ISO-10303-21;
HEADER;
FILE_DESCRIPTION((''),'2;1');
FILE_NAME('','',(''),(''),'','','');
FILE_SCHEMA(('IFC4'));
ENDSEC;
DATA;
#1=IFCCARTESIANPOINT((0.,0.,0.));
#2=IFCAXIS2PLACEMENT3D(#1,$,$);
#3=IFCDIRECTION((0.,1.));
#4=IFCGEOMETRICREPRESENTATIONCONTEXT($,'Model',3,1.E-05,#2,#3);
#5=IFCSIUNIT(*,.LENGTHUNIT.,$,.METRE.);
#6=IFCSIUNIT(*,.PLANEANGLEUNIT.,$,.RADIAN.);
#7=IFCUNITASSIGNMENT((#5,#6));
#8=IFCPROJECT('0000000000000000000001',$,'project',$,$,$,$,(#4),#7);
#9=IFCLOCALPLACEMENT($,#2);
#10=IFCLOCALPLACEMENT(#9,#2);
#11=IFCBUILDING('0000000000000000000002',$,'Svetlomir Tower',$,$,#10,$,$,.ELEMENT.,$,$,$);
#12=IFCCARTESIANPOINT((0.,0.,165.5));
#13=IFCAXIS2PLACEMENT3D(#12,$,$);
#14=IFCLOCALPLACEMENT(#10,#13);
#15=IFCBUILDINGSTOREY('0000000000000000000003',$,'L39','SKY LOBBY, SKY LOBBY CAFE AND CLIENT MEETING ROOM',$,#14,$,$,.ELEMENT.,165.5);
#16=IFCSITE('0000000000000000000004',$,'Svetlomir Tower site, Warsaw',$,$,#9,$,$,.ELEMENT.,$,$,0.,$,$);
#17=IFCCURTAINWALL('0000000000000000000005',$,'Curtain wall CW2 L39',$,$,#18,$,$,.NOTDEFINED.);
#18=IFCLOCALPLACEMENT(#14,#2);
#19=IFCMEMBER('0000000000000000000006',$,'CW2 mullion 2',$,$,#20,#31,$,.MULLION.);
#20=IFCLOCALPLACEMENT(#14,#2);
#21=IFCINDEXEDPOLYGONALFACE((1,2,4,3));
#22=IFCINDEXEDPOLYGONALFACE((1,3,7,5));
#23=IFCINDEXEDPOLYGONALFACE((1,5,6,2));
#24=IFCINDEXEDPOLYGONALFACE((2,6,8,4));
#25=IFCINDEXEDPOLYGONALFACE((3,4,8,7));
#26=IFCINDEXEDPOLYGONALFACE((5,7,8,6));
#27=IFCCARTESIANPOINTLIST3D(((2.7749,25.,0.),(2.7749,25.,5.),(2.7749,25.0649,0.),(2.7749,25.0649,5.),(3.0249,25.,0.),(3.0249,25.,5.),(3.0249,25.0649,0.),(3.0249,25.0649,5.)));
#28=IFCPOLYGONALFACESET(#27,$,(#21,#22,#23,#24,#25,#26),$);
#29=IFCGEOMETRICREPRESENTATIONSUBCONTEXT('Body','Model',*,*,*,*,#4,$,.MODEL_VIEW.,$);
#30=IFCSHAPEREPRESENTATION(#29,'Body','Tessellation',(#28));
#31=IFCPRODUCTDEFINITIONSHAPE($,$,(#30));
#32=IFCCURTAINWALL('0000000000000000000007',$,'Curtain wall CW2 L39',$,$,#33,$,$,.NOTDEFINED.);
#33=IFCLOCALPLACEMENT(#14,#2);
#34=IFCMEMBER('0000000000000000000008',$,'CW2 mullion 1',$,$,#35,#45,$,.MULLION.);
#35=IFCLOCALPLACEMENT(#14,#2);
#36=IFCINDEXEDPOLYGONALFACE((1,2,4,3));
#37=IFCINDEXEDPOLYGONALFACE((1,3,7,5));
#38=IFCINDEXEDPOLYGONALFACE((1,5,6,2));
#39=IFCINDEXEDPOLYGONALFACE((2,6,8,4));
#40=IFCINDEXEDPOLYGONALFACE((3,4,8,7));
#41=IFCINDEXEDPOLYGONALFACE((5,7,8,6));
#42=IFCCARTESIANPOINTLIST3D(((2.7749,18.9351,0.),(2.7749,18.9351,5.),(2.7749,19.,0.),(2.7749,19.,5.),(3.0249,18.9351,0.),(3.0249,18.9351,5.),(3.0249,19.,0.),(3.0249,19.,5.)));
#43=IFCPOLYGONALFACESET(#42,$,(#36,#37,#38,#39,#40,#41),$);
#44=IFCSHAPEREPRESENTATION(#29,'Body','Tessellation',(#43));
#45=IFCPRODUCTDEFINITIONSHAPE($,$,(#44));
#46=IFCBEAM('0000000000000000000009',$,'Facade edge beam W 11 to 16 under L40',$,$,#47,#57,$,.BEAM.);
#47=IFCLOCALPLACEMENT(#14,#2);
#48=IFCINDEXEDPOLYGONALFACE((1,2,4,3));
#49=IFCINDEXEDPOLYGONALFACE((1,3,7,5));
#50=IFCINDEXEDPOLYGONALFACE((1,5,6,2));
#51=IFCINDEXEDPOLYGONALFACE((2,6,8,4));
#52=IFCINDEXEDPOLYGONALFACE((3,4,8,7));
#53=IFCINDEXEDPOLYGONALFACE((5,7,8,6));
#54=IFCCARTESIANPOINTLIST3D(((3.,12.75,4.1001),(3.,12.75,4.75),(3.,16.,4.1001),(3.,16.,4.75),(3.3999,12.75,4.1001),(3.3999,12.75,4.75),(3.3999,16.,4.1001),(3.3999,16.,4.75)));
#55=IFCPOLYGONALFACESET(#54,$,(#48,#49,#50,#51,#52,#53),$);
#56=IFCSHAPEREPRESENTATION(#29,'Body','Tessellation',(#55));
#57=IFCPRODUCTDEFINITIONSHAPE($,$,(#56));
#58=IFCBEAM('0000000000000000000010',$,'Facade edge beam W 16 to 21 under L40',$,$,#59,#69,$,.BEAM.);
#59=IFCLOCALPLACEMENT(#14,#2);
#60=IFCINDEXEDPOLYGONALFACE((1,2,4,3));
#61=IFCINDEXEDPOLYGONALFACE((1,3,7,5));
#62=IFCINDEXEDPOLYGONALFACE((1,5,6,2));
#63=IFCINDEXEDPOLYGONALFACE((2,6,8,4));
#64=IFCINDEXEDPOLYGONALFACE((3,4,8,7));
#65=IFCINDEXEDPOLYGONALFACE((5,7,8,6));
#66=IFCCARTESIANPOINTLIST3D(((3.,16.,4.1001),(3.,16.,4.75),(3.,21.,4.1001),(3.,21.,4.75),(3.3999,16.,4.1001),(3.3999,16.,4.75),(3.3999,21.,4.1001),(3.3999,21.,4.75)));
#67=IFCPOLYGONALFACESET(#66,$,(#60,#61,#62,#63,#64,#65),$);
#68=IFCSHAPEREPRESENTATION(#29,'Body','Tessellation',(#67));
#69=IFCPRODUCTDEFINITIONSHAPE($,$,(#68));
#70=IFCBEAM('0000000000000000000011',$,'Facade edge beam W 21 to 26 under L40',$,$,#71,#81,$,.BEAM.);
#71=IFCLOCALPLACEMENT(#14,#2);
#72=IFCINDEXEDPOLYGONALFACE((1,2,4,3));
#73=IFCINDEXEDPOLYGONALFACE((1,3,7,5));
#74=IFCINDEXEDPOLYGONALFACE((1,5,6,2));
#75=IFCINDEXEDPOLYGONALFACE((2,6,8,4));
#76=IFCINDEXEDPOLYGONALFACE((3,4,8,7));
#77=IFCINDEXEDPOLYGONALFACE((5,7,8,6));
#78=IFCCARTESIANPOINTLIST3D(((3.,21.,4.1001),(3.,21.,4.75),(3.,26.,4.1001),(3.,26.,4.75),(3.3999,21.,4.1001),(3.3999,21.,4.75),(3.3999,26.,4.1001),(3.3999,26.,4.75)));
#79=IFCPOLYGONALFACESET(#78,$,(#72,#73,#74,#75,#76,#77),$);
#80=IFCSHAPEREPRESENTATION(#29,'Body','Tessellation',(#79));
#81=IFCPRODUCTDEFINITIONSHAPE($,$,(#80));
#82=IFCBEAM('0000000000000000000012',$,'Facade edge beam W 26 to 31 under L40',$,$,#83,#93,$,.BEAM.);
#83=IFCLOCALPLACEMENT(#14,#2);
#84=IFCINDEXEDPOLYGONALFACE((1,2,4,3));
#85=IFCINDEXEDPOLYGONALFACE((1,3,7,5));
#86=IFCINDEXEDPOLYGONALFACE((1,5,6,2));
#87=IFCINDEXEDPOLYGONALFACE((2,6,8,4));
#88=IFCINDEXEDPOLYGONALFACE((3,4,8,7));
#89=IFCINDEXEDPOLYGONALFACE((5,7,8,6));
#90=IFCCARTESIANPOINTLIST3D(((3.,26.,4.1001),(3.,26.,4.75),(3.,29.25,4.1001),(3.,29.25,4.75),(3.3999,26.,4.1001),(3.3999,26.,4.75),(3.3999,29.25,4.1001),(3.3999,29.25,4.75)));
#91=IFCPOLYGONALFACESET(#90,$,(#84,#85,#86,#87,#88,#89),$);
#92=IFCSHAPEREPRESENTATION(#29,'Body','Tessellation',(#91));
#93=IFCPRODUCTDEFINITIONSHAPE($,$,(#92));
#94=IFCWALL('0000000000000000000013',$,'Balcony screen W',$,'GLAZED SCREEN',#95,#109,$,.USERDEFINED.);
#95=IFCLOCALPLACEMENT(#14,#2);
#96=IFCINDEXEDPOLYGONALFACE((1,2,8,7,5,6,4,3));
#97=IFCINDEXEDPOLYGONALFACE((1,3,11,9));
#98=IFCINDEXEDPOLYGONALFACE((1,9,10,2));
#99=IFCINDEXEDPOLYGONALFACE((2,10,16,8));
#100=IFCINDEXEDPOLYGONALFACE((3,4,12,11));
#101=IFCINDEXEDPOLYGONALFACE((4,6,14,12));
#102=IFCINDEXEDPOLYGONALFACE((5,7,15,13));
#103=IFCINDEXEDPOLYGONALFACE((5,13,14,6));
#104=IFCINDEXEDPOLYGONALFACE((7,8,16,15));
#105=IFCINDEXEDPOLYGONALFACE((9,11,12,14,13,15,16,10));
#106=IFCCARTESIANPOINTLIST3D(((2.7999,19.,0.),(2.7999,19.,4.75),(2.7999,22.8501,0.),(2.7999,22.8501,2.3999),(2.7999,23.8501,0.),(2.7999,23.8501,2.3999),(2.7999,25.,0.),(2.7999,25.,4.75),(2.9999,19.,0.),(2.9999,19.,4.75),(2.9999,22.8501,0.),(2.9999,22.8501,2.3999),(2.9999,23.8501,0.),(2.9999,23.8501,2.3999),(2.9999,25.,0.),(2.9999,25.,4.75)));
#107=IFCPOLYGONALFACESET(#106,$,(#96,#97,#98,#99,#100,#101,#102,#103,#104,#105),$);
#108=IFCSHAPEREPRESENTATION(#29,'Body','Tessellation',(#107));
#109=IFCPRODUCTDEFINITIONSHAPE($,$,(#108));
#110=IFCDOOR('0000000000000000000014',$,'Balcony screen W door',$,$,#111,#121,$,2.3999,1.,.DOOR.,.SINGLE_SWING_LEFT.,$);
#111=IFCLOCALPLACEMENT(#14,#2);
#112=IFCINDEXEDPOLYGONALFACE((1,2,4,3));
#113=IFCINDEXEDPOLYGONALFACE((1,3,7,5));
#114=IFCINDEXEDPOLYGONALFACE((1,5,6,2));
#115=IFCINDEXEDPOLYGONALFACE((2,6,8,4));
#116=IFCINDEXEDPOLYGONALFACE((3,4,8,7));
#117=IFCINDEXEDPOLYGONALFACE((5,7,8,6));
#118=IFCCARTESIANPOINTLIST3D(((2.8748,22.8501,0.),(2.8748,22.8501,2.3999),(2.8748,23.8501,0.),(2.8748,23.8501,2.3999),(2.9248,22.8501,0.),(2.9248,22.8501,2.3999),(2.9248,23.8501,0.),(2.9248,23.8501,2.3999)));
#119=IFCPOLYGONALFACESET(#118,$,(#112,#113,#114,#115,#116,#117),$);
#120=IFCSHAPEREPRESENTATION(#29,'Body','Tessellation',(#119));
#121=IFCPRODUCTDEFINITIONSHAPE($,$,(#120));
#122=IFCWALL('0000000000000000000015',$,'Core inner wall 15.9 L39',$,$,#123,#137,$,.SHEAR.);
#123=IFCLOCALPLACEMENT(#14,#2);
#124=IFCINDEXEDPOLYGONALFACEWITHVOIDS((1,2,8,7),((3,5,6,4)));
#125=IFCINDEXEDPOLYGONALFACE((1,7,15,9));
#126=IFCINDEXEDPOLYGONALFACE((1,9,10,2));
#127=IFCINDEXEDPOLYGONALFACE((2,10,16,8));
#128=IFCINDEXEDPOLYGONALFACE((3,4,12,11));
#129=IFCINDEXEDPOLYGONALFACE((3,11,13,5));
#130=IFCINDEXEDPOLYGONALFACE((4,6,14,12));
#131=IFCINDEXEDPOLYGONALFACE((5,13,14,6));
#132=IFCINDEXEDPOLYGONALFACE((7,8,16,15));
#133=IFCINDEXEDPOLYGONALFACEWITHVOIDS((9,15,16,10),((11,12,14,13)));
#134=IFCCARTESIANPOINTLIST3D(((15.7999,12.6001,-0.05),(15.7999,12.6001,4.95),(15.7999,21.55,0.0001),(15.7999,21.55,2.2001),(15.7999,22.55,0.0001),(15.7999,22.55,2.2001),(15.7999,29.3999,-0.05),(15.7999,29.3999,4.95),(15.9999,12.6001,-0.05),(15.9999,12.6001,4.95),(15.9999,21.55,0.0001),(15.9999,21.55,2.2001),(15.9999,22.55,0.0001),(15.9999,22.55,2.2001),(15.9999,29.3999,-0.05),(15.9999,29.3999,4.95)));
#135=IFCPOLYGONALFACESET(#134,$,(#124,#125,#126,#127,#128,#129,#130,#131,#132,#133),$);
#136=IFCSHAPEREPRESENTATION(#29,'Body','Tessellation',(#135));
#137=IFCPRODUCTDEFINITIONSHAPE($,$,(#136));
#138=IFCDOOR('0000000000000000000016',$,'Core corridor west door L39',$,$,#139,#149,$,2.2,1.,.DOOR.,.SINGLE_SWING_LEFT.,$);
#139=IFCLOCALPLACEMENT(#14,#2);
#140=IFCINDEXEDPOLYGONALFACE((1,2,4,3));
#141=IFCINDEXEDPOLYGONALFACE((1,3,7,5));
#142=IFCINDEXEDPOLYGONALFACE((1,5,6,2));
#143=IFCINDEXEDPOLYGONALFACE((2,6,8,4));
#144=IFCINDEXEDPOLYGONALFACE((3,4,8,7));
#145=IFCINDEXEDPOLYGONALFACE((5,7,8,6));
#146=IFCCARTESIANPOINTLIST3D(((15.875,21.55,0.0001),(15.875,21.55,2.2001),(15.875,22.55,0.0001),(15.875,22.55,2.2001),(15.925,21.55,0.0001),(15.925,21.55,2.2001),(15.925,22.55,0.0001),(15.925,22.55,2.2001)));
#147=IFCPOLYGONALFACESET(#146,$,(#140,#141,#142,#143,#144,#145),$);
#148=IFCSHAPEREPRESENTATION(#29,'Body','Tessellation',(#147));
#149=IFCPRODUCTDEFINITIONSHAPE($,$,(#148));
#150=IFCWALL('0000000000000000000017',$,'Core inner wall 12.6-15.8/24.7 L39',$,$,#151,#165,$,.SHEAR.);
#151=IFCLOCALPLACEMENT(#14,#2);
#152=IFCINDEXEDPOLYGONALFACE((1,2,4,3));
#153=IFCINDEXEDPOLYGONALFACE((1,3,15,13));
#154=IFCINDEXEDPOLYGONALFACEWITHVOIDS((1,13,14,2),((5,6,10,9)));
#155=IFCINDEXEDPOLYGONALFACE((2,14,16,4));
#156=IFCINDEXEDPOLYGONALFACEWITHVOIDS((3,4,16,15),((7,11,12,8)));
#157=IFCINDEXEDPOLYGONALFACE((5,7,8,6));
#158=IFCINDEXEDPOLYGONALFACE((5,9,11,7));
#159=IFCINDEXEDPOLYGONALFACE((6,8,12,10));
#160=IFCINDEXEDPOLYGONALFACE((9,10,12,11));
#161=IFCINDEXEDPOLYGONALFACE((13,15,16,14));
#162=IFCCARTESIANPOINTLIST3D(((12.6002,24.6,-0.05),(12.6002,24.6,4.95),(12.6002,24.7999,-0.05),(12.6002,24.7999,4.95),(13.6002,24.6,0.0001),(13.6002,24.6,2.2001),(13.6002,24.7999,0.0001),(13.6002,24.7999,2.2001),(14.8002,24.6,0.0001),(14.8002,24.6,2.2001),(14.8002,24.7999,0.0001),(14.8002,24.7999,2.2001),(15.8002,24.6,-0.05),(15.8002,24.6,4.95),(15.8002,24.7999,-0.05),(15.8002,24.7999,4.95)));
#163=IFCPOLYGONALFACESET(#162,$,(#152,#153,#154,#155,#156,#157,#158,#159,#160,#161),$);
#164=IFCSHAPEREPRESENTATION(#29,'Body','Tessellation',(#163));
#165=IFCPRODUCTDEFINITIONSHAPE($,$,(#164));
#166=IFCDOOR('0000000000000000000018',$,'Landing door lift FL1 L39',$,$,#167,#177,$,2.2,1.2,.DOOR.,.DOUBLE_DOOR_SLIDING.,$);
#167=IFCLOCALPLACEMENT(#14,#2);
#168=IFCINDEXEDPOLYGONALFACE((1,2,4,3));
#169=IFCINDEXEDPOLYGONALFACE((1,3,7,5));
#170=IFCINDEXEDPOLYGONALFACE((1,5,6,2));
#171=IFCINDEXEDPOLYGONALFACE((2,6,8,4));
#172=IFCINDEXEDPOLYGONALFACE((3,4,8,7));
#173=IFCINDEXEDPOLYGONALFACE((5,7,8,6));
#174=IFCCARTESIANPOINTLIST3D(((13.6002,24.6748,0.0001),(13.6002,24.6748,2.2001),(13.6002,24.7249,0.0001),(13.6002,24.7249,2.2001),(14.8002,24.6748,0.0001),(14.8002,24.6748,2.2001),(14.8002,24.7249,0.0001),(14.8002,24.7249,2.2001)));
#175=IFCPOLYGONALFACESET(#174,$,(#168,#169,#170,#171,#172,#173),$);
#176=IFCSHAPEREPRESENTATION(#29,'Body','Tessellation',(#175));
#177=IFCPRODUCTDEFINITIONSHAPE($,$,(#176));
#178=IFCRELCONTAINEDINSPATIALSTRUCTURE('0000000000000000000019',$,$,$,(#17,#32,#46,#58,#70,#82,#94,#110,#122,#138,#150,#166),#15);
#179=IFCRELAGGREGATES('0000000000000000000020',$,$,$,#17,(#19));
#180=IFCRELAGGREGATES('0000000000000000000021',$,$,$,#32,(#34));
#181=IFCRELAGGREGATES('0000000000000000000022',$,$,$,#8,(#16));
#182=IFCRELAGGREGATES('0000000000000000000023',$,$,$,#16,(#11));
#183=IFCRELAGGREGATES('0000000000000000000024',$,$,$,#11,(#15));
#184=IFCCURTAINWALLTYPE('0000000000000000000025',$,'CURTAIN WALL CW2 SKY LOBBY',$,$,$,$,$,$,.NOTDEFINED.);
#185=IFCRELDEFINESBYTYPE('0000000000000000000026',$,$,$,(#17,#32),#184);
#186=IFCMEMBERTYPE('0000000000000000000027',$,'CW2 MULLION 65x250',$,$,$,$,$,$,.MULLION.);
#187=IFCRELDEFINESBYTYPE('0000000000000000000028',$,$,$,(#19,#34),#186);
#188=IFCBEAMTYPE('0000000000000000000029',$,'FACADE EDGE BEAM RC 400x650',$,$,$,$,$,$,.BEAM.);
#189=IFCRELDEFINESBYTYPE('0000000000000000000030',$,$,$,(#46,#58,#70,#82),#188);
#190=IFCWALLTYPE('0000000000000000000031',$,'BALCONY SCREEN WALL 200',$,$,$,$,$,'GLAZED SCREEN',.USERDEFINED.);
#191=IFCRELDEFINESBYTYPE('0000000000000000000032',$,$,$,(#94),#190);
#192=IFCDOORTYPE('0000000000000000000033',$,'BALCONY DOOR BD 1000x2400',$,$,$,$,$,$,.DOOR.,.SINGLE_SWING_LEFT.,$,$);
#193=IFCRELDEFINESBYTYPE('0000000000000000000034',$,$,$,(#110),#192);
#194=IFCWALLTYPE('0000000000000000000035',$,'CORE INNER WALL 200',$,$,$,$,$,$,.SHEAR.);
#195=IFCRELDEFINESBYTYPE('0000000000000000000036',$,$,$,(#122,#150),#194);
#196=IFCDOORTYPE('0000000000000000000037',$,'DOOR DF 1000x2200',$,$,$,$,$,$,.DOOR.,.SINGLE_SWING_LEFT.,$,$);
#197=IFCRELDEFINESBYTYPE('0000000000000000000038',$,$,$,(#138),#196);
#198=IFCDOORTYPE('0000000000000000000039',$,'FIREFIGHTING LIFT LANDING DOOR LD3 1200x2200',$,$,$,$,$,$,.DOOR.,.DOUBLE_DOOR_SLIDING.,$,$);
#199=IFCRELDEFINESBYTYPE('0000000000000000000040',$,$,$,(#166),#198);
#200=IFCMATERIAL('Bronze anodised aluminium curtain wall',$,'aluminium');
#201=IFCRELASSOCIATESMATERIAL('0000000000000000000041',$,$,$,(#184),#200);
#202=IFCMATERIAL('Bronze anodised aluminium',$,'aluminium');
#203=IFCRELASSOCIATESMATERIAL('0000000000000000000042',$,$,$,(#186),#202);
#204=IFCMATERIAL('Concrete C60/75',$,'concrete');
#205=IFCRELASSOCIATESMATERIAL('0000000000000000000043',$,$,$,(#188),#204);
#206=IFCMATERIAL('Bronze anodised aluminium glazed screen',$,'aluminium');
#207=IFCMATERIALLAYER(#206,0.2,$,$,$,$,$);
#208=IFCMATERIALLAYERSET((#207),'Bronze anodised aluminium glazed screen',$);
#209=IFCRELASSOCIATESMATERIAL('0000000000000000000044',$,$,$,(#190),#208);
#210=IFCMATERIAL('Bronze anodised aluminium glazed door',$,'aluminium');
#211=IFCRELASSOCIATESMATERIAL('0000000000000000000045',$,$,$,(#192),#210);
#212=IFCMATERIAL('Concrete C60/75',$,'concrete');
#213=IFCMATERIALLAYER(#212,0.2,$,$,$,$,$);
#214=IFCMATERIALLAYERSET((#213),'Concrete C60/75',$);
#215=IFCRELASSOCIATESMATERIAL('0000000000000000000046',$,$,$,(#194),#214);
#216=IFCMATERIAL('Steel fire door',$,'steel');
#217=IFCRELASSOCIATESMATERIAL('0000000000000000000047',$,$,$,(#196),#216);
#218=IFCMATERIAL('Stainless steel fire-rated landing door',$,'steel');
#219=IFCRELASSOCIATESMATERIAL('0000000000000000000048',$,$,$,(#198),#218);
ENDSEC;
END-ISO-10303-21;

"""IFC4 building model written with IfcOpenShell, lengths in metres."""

from ifc_helpers import new_model, si_unit, direction, frame, frame_2d, origin, origin_2d, place, context, subcontext, project, spatial, rectangle, extrude, material, layer, layer_set, material_profile, profile_set, type_object, element, fill, aggregate, save


model = new_model("IFC4")

# Units and contexts
model_context = context("Model", 3, precision=1e-05, world=origin(), true_north=direction((0.0, 1.0)))
body_context = subcontext(model_context, "Body", "Model", "MODEL_VIEW")
ifc_project = project(units=[si_unit("LENGTHUNIT", "METRE"), si_unit("PLANEANGLEUNIT", "RADIAN")], contexts=[model_context])

# Site, building, storey
site_placement = place(None, origin())
site = spatial("IfcSite", under=ifc_project, at=site_placement, Name="Svetlomir Tower site, Warsaw", CompositionType="ELEMENT", RefElevation=0.0)
building_placement = place(site_placement, origin())
building = spatial("IfcBuilding", under=site, at=building_placement, Name="Svetlomir Tower", CompositionType="ELEMENT")
storey_placement = place(building_placement, frame((0.0, 0.0, 165.5)))
storey = spatial("IfcBuildingStorey", under=building, at=storey_placement, Name="L39", Description="SKY LOBBY, SKY LOBBY CAFE AND CLIENT MEETING ROOM", CompositionType="ELEMENT", Elevation=165.5)

# Curtain walls, members
ifc_material_1 = material(Name="Bronze anodised aluminium curtain wall", Category="aluminium")
curtain_wall_type = type_object("IfcCurtainWallType", Name="CURTAIN WALL CW2 SKY LOBBY", PredefinedType="NOTDEFINED", material=ifc_material_1)
curtain_wall_1_placement = place(storey_placement, origin())
curtain_wall_1 = element("IfcCurtainWall", 1, at=curtain_wall_1_placement, inside=storey, type_object=curtain_wall_type, Name="Curtain wall CW2 L39", PredefinedType="NOTDEFINED")
ifc_material_2 = material(Name="Bronze anodised aluminium", Category="aluminium")
ifc_material_profile_1 = material_profile(ifc_material_2, rectangle(XDim=0.0649, YDim=0.25, at=origin_2d()), Name="AL 65x250")
ifc_profile_set_1 = profile_set([ifc_material_profile_1], Name="Bronze anodised aluminium 6063-T6")
member_type = type_object("IfcMemberType", Name="CW2 MULLION 65x250", PredefinedType="MULLION", material=ifc_profile_set_1)
member_1_placement = place(storey_placement, frame((2.8999, 25.0325, 0.0), z_axis=(0.0, 0.0, 1.0), x_axis=(0.0, -1.0, 0.0)))
member_1 = element("IfcMember", 2, at=member_1_placement, type_object=member_type, Name="CW2 mullion 2", PredefinedType="MULLION", context=body_context, shape_type="SweptSolid", body=[
    extrude(rectangle(XDim=0.0649, YDim=0.25, at=origin_2d()), origin(), (0.0, 0.0, 1.0), 5.0),
])
aggregate(curtain_wall_1, [member_1])
curtain_wall_2_placement = place(storey_placement, origin())
curtain_wall_2 = element("IfcCurtainWall", 3, at=curtain_wall_2_placement, inside=storey, type_object=curtain_wall_type, Name="Curtain wall CW2 L39", PredefinedType="NOTDEFINED")
member_2_placement = place(storey_placement, frame((2.8999, 18.9675, 0.0), z_axis=(0.0, 0.0, 1.0), x_axis=(0.0, -1.0, 0.0)))
member_2 = element("IfcMember", 4, at=member_2_placement, type_object=member_type, Name="CW2 mullion 1", PredefinedType="MULLION", context=body_context, shape_type="SweptSolid", body=[
    extrude(rectangle(XDim=0.0649, YDim=0.25, at=origin_2d()), origin(), (0.0, 0.0, 1.0), 5.0),
])
aggregate(curtain_wall_2, [member_2])

# Beams
ifc_material_3 = material(Name="Concrete C60/75", Category="concrete")
ifc_material_profile_2 = material_profile(ifc_material_3, rectangle(XDim=0.3999, YDim=0.6499, at=origin_2d()), Name="RC 400x650")
ifc_profile_set_2 = profile_set([ifc_material_profile_2], Name="Concrete C60/75")
beam_type = type_object("IfcBeamType", Name="FACADE EDGE BEAM RC 400x650", PredefinedType="BEAM", material=ifc_profile_set_2)
beam_1_placement = place(storey_placement, frame((3.2, 12.75, 4.425), z_axis=(0.0, 1.0, 0.0), x_axis=(-1.0, 0.0, 0.0)))
element("IfcBeam", 5, at=beam_1_placement, inside=storey, type_object=beam_type, Name="Facade edge beam W 11 to 16 under L40", PredefinedType="BEAM", context=body_context, shape_type="SweptSolid", body=[
    extrude(rectangle(XDim=0.3999, YDim=0.6499, at=origin_2d()), origin(), (0.0, 0.0, 1.0), 3.25),
])
for number, where, z_axis, x_axis, name in (
    (6, (3.2, 16.0, 4.425), (0.0, 1.0, 0.0), (-1.0, 0.0, 0.0), "Facade edge beam W 16 to 21 under L40"),
    (7, (3.2, 21.0, 4.425), (0.0, 1.0, 0.0), (-1.0, 0.0, 0.0), "Facade edge beam W 21 to 26 under L40"),
):
    element("IfcBeam", number, at=place(storey_placement, frame(where, z_axis=z_axis, x_axis=x_axis)), inside=storey, type_object=beam_type, Name=name, PredefinedType="BEAM", context=body_context, shape_type="SweptSolid", body=[
        extrude(rectangle(XDim=0.3999, YDim=0.6499, at=origin_2d()), origin(), (0.0, 0.0, 1.0), 5.0),
    ])
beam_2_placement = place(storey_placement, frame((3.2, 26.0, 4.425), z_axis=(0.0, 1.0, 0.0), x_axis=(-1.0, 0.0, 0.0)))
element("IfcBeam", 8, at=beam_2_placement, inside=storey, type_object=beam_type, Name="Facade edge beam W 26 to 31 under L40", PredefinedType="BEAM", context=body_context, shape_type="SweptSolid", body=[
    extrude(rectangle(XDim=0.3999, YDim=0.6499, at=origin_2d()), origin(), (0.0, 0.0, 1.0), 3.25),
])

# Walls, openings, doors
ifc_material_4 = material(Name="Bronze anodised aluminium glazed screen", Category="aluminium")
ifc_layer_1 = layer(ifc_material_4, 0.2)
ifc_layer_set_1 = layer_set([ifc_layer_1], Name="Bronze anodised aluminium glazed screen")
wall_type_1 = type_object("IfcWallType", Name="BALCONY SCREEN WALL 200", ElementType="GLAZED SCREEN", PredefinedType="USERDEFINED", material=ifc_layer_set_1)
wall_1_placement = place(storey_placement, frame((2.8999, 25.0, 0.0), z_axis=(0.0, 0.0, 1.0), x_axis=(0.0, -1.0, 0.0)))
wall_1 = element("IfcWall", 9, at=wall_1_placement, inside=storey, type_object=wall_type_1, Name="Balcony screen W", ObjectType="GLAZED SCREEN", PredefinedType="USERDEFINED", context=body_context, shape_type="SweptSolid", body=[
    extrude(rectangle(XDim=6.0, YDim=0.2, at=frame_2d((3.0, 0.0))), origin(), (0.0, 0.0, 1.0), 4.75),
])
opening_1_placement = place(wall_1_placement, frame((1.1499, 0.0, 0.0)))
opening_1 = element("IfcOpeningElement", 10, at=opening_1_placement, cuts=wall_1, PredefinedType="OPENING", context=body_context, shape_type="SweptSolid", body=[
    extrude(rectangle(XDim=1.0, YDim=2.3999, at=frame_2d((0.5, 1.2))), frame((0.0, 0.1099, 0.0), z_axis=(0.0, -1.0, 0.0), x_axis=(1.0, 0.0, 0.0)), (0.0, 0.0, 1.0), 0.22),
])
ifc_material_5 = material(Name="Bronze anodised aluminium glazed door", Category="aluminium")
door_type_1 = type_object("IfcDoorType", Name="BALCONY DOOR BD 1000x2400", OperationType="SINGLE_SWING_LEFT", PredefinedType="DOOR", material=ifc_material_5)
door_1_placement = place(opening_1_placement, origin())
door_1 = element("IfcDoor", 11, at=door_1_placement, inside=storey, type_object=door_type_1, Name="Balcony screen W door", OperationType="SINGLE_SWING_LEFT", OverallHeight=2.3999, OverallWidth=1.0, PredefinedType="DOOR", context=body_context, shape_type="SweptSolid", body=[
    extrude(rectangle(XDim=1.0, YDim=2.3999, at=frame_2d((0.5, 1.2))), frame((0.0, 0.0249, 0.0), z_axis=(0.0, -1.0, 0.0), x_axis=(1.0, 0.0, 0.0)), (0.0, 0.0, 1.0), 0.05),
])
fill(opening_1, door_1)
ifc_material_6 = material(Name="Concrete C60/75", Category="concrete")
ifc_layer_2 = layer(ifc_material_6, 0.2)
ifc_layer_set_2 = layer_set([ifc_layer_2], Name="Concrete C60/75")
wall_type_2 = type_object("IfcWallType", Name="CORE INNER WALL 200", PredefinedType="SHEAR", material=ifc_layer_set_2)
wall_2_placement = place(storey_placement, frame((15.8999, 12.6001, -0.05), z_axis=(0.0, 0.0, 1.0), x_axis=(0.0, 1.0, 0.0)))
wall_2 = element("IfcWall", 12, at=wall_2_placement, inside=storey, type_object=wall_type_2, Name="Core inner wall 15.9 L39", PredefinedType="SHEAR", context=body_context, shape_type="SweptSolid", body=[
    extrude(rectangle(XDim=16.7998, YDim=0.2, at=frame_2d((8.3999, 0.0))), origin(), (0.0, 0.0, 1.0), 5.0),
])
opening_2_placement = place(wall_2_placement, frame((8.95, 0.0, 0.05)))
opening_2 = element("IfcOpeningElement", 13, at=opening_2_placement, cuts=wall_2, PredefinedType="OPENING", context=body_context, shape_type="SweptSolid", body=[
    extrude(rectangle(XDim=1.0, YDim=2.2, at=frame_2d((0.5, 1.1001))), frame((0.0, 0.1099, 0.0), z_axis=(0.0, -1.0, 0.0), x_axis=(1.0, 0.0, 0.0)), (0.0, 0.0, 1.0), 0.22),
])
ifc_material_7 = material(Name="Steel fire door", Category="steel")
door_type_2 = type_object("IfcDoorType", Name="DOOR DF 1000x2200", OperationType="SINGLE_SWING_LEFT", PredefinedType="DOOR", material=ifc_material_7)
door_2_placement = place(opening_2_placement, origin())
door_2 = element("IfcDoor", 14, at=door_2_placement, inside=storey, type_object=door_type_2, Name="Core corridor west door L39", OperationType="SINGLE_SWING_LEFT", OverallHeight=2.2, OverallWidth=1.0, PredefinedType="DOOR", context=body_context, shape_type="SweptSolid", body=[
    extrude(rectangle(XDim=1.0, YDim=2.2, at=frame_2d((0.5, 1.1001))), frame((0.0, 0.0249, 0.0), z_axis=(0.0, -1.0, 0.0), x_axis=(1.0, 0.0, 0.0)), (0.0, 0.0, 1.0), 0.05),
])
fill(opening_2, door_2)
wall_3_placement = place(storey_placement, frame((12.6001, 24.7, -0.05), z_axis=(0.0, 0.0, 1.0), x_axis=(1.0, 0.0, 0.0)))
wall_3 = element("IfcWall", 15, at=wall_3_placement, inside=storey, type_object=wall_type_2, Name="Core inner wall 12.6-15.8/24.7 L39", PredefinedType="SHEAR", context=body_context, shape_type="SweptSolid", body=[
    extrude(rectangle(XDim=3.2, YDim=0.2, at=frame_2d((1.6001, 0.0))), origin(), (0.0, 0.0, 1.0), 5.0),
])
opening_3_placement = place(wall_3_placement, frame((1.0, 0.0, 0.05)))
opening_3 = element("IfcOpeningElement", 16, at=opening_3_placement, cuts=wall_3, PredefinedType="OPENING", context=body_context, shape_type="SweptSolid", body=[
    extrude(rectangle(XDim=1.2, YDim=2.2, at=frame_2d((0.6001, 1.1001))), frame((0.0, 0.1099, 0.0), z_axis=(0.0, -1.0, 0.0), x_axis=(1.0, 0.0, 0.0)), (0.0, 0.0, 1.0), 0.22),
])
ifc_material_8 = material(Name="Stainless steel fire-rated landing door", Category="steel")
door_type_3 = type_object("IfcDoorType", Name="FIREFIGHTING LIFT LANDING DOOR LD3 1200x2200", OperationType="DOUBLE_DOOR_SLIDING", PredefinedType="DOOR", material=ifc_material_8)
door_3_placement = place(opening_3_placement, origin())
door_3 = element("IfcDoor", 17, at=door_3_placement, inside=storey, type_object=door_type_3, Name="Landing door lift FL1 L39", OperationType="DOUBLE_DOOR_SLIDING", OverallHeight=2.2, OverallWidth=1.2, PredefinedType="DOOR", context=body_context, shape_type="SweptSolid", body=[
    extrude(rectangle(XDim=1.2, YDim=2.2, at=frame_2d((0.6001, 1.1001))), frame((0.0, 0.0249, 0.0), z_axis=(0.0, -1.0, 0.0), x_axis=(1.0, 0.0, 0.0)), (0.0, 0.0, 1.0), 0.05),
])
fill(opening_3, door_3)

save(model, "model.ifc")
